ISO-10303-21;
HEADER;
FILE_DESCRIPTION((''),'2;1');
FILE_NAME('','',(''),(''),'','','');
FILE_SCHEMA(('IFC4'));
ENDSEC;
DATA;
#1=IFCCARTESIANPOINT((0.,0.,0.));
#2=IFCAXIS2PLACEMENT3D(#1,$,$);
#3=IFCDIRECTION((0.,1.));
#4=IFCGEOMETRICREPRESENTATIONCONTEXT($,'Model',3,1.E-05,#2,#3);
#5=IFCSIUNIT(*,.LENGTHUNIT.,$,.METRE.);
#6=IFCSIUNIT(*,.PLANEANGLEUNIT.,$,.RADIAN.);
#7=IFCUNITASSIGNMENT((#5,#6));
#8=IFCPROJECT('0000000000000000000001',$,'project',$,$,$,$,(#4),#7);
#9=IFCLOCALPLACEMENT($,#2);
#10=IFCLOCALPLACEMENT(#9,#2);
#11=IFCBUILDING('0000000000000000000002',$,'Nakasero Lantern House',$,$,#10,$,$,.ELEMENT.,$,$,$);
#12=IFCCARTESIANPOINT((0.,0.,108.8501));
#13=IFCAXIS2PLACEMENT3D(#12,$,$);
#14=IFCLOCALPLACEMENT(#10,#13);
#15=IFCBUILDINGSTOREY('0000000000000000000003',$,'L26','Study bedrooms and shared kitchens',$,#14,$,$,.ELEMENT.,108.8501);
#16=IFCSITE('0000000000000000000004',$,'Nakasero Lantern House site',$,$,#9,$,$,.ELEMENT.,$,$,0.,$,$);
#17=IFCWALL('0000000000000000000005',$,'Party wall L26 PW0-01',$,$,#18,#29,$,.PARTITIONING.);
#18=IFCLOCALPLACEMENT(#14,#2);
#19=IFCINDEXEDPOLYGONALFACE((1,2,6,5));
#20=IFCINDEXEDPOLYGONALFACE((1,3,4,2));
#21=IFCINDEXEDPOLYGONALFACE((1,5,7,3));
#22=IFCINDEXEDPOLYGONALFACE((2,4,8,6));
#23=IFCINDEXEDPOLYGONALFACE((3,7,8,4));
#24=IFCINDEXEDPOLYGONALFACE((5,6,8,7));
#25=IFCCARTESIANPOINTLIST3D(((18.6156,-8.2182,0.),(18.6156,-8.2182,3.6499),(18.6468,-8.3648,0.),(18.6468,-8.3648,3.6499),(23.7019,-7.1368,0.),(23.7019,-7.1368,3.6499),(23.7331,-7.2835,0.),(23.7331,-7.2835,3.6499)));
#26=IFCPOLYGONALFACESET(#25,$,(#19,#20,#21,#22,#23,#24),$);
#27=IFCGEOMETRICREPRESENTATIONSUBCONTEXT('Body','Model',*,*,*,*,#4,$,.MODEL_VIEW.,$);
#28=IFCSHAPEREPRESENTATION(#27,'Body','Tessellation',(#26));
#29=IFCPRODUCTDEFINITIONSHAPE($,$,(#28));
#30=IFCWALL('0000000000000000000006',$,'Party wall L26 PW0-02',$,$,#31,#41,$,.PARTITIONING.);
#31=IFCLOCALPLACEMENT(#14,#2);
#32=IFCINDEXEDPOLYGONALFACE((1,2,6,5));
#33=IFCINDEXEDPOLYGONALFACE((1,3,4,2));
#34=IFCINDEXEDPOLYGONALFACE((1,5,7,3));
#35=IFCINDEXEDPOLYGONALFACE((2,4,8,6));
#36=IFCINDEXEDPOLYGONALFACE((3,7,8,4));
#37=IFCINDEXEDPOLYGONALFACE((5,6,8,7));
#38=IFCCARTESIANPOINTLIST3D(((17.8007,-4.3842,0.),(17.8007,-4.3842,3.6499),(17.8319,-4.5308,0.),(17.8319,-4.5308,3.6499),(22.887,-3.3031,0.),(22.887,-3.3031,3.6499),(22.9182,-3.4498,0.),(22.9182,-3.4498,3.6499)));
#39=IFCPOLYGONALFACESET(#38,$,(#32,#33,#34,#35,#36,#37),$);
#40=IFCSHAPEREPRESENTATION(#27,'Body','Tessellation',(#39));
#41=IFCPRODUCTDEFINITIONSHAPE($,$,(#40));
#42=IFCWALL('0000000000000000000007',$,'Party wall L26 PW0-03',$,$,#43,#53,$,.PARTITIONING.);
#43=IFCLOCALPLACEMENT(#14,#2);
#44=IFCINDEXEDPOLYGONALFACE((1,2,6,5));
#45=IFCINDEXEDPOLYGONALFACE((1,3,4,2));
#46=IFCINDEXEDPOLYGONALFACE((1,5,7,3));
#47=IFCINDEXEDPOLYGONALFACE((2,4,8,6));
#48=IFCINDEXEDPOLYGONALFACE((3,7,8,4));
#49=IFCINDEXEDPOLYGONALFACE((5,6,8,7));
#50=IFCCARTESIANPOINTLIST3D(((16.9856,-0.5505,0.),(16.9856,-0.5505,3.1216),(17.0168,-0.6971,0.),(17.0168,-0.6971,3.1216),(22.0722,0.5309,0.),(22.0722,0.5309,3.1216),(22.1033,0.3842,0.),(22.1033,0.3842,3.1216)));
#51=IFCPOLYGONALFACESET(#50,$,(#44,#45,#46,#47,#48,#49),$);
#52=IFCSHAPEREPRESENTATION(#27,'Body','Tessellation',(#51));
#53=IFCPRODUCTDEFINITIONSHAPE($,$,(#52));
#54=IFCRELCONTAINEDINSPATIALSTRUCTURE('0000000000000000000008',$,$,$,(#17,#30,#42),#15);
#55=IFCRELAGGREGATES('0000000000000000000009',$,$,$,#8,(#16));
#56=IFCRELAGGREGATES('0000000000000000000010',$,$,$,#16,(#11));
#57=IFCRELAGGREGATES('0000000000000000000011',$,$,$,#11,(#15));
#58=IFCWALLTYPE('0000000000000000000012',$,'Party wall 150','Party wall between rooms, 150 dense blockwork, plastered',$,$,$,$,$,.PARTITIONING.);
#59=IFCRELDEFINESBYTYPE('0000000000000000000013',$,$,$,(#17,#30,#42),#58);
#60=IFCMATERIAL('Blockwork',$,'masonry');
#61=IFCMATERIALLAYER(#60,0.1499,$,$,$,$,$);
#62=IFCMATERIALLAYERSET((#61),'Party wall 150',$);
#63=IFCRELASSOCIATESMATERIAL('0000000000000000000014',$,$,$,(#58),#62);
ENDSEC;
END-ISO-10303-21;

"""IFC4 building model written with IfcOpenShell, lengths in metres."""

from ifc_helpers import new_model, si_unit, direction, frame, frame_2d, origin, place, context, subcontext, project, spatial, rectangle, extrude, material, layer, layer_set, type_object, element, save


model = new_model("IFC4")

# Units and contexts
model_context = context("Model", 3, precision=1e-05, world=origin(), true_north=direction((0.0, 1.0)))
body_context = subcontext(model_context, "Body", "Model", "MODEL_VIEW")
ifc_project = project(units=[si_unit("LENGTHUNIT", "METRE"), si_unit("PLANEANGLEUNIT", "RADIAN")], contexts=[model_context])

# Site, building, storey
site_placement = place(None, origin())
site = spatial("IfcSite", under=ifc_project, at=site_placement, Name="Nakasero Lantern House site", CompositionType="ELEMENT", RefElevation=0.0)
building_placement = place(site_placement, origin())
building = spatial("IfcBuilding", under=site, at=building_placement, Name="Nakasero Lantern House", CompositionType="ELEMENT")
storey_placement = place(building_placement, frame((0.0, 0.0, 108.8501)))
storey = spatial("IfcBuildingStorey", under=building, at=storey_placement, Name="L26", Description="Study bedrooms and shared kitchens", CompositionType="ELEMENT", Elevation=108.8501)

# Walls
ifc_material_1 = material(Name="Blockwork", Category="masonry")
ifc_layer_1 = layer(ifc_material_1, 0.1499)
ifc_layer_set_1 = layer_set([ifc_layer_1], Name="Party wall 150")
wall_type_1 = type_object("IfcWallType", Name="Party wall 150", Description="Party wall between rooms, 150 dense blockwork, plastered", PredefinedType="PARTITIONING", material=ifc_layer_set_1)
for number, where, z_axis, x_axis, name in (
    (1, (18.6311, -8.2915, 0.0), (0.0, 0.0, 1.0), (0.97814, 0.207948, 0.0), "Party wall L26 PW0-01"),
    (2, (17.8162, -4.4575, 0.0), (0.0, 0.0, 1.0), (0.978151, 0.207894, 0.0), "Party wall L26 PW0-02"),
):
    element("IfcWall", number, at=place(storey_placement, frame(where, z_axis=z_axis, x_axis=x_axis)), inside=storey, type_object=wall_type_1, Name=name, PredefinedType="PARTITIONING", context=body_context, shape_type="SweptSolid", body=[
        extrude(rectangle(XDim=5.2, YDim=0.1499, at=frame_2d((2.6001, 0.0))), origin(), (0.0, 0.0, 1.0), 3.6499),
    ])
wall_1_placement = place(storey_placement, frame((17.0012, -0.6238, 0.0), z_axis=(0.0, 0.0, 1.0), x_axis=(0.978142, 0.207938, 0.0)))
element("IfcWall", 3, at=wall_1_placement, inside=storey, type_object=wall_type_1, Name="Party wall L26 PW0-03", PredefinedType="PARTITIONING", context=body_context, shape_type="SweptSolid", body=[
    extrude(rectangle(XDim=5.2002, YDim=0.1499, at=frame_2d((2.6001, 0.0))), origin(), (0.0, 0.0, 1.0), 3.1216),
])

save(model, "model.ifc")
